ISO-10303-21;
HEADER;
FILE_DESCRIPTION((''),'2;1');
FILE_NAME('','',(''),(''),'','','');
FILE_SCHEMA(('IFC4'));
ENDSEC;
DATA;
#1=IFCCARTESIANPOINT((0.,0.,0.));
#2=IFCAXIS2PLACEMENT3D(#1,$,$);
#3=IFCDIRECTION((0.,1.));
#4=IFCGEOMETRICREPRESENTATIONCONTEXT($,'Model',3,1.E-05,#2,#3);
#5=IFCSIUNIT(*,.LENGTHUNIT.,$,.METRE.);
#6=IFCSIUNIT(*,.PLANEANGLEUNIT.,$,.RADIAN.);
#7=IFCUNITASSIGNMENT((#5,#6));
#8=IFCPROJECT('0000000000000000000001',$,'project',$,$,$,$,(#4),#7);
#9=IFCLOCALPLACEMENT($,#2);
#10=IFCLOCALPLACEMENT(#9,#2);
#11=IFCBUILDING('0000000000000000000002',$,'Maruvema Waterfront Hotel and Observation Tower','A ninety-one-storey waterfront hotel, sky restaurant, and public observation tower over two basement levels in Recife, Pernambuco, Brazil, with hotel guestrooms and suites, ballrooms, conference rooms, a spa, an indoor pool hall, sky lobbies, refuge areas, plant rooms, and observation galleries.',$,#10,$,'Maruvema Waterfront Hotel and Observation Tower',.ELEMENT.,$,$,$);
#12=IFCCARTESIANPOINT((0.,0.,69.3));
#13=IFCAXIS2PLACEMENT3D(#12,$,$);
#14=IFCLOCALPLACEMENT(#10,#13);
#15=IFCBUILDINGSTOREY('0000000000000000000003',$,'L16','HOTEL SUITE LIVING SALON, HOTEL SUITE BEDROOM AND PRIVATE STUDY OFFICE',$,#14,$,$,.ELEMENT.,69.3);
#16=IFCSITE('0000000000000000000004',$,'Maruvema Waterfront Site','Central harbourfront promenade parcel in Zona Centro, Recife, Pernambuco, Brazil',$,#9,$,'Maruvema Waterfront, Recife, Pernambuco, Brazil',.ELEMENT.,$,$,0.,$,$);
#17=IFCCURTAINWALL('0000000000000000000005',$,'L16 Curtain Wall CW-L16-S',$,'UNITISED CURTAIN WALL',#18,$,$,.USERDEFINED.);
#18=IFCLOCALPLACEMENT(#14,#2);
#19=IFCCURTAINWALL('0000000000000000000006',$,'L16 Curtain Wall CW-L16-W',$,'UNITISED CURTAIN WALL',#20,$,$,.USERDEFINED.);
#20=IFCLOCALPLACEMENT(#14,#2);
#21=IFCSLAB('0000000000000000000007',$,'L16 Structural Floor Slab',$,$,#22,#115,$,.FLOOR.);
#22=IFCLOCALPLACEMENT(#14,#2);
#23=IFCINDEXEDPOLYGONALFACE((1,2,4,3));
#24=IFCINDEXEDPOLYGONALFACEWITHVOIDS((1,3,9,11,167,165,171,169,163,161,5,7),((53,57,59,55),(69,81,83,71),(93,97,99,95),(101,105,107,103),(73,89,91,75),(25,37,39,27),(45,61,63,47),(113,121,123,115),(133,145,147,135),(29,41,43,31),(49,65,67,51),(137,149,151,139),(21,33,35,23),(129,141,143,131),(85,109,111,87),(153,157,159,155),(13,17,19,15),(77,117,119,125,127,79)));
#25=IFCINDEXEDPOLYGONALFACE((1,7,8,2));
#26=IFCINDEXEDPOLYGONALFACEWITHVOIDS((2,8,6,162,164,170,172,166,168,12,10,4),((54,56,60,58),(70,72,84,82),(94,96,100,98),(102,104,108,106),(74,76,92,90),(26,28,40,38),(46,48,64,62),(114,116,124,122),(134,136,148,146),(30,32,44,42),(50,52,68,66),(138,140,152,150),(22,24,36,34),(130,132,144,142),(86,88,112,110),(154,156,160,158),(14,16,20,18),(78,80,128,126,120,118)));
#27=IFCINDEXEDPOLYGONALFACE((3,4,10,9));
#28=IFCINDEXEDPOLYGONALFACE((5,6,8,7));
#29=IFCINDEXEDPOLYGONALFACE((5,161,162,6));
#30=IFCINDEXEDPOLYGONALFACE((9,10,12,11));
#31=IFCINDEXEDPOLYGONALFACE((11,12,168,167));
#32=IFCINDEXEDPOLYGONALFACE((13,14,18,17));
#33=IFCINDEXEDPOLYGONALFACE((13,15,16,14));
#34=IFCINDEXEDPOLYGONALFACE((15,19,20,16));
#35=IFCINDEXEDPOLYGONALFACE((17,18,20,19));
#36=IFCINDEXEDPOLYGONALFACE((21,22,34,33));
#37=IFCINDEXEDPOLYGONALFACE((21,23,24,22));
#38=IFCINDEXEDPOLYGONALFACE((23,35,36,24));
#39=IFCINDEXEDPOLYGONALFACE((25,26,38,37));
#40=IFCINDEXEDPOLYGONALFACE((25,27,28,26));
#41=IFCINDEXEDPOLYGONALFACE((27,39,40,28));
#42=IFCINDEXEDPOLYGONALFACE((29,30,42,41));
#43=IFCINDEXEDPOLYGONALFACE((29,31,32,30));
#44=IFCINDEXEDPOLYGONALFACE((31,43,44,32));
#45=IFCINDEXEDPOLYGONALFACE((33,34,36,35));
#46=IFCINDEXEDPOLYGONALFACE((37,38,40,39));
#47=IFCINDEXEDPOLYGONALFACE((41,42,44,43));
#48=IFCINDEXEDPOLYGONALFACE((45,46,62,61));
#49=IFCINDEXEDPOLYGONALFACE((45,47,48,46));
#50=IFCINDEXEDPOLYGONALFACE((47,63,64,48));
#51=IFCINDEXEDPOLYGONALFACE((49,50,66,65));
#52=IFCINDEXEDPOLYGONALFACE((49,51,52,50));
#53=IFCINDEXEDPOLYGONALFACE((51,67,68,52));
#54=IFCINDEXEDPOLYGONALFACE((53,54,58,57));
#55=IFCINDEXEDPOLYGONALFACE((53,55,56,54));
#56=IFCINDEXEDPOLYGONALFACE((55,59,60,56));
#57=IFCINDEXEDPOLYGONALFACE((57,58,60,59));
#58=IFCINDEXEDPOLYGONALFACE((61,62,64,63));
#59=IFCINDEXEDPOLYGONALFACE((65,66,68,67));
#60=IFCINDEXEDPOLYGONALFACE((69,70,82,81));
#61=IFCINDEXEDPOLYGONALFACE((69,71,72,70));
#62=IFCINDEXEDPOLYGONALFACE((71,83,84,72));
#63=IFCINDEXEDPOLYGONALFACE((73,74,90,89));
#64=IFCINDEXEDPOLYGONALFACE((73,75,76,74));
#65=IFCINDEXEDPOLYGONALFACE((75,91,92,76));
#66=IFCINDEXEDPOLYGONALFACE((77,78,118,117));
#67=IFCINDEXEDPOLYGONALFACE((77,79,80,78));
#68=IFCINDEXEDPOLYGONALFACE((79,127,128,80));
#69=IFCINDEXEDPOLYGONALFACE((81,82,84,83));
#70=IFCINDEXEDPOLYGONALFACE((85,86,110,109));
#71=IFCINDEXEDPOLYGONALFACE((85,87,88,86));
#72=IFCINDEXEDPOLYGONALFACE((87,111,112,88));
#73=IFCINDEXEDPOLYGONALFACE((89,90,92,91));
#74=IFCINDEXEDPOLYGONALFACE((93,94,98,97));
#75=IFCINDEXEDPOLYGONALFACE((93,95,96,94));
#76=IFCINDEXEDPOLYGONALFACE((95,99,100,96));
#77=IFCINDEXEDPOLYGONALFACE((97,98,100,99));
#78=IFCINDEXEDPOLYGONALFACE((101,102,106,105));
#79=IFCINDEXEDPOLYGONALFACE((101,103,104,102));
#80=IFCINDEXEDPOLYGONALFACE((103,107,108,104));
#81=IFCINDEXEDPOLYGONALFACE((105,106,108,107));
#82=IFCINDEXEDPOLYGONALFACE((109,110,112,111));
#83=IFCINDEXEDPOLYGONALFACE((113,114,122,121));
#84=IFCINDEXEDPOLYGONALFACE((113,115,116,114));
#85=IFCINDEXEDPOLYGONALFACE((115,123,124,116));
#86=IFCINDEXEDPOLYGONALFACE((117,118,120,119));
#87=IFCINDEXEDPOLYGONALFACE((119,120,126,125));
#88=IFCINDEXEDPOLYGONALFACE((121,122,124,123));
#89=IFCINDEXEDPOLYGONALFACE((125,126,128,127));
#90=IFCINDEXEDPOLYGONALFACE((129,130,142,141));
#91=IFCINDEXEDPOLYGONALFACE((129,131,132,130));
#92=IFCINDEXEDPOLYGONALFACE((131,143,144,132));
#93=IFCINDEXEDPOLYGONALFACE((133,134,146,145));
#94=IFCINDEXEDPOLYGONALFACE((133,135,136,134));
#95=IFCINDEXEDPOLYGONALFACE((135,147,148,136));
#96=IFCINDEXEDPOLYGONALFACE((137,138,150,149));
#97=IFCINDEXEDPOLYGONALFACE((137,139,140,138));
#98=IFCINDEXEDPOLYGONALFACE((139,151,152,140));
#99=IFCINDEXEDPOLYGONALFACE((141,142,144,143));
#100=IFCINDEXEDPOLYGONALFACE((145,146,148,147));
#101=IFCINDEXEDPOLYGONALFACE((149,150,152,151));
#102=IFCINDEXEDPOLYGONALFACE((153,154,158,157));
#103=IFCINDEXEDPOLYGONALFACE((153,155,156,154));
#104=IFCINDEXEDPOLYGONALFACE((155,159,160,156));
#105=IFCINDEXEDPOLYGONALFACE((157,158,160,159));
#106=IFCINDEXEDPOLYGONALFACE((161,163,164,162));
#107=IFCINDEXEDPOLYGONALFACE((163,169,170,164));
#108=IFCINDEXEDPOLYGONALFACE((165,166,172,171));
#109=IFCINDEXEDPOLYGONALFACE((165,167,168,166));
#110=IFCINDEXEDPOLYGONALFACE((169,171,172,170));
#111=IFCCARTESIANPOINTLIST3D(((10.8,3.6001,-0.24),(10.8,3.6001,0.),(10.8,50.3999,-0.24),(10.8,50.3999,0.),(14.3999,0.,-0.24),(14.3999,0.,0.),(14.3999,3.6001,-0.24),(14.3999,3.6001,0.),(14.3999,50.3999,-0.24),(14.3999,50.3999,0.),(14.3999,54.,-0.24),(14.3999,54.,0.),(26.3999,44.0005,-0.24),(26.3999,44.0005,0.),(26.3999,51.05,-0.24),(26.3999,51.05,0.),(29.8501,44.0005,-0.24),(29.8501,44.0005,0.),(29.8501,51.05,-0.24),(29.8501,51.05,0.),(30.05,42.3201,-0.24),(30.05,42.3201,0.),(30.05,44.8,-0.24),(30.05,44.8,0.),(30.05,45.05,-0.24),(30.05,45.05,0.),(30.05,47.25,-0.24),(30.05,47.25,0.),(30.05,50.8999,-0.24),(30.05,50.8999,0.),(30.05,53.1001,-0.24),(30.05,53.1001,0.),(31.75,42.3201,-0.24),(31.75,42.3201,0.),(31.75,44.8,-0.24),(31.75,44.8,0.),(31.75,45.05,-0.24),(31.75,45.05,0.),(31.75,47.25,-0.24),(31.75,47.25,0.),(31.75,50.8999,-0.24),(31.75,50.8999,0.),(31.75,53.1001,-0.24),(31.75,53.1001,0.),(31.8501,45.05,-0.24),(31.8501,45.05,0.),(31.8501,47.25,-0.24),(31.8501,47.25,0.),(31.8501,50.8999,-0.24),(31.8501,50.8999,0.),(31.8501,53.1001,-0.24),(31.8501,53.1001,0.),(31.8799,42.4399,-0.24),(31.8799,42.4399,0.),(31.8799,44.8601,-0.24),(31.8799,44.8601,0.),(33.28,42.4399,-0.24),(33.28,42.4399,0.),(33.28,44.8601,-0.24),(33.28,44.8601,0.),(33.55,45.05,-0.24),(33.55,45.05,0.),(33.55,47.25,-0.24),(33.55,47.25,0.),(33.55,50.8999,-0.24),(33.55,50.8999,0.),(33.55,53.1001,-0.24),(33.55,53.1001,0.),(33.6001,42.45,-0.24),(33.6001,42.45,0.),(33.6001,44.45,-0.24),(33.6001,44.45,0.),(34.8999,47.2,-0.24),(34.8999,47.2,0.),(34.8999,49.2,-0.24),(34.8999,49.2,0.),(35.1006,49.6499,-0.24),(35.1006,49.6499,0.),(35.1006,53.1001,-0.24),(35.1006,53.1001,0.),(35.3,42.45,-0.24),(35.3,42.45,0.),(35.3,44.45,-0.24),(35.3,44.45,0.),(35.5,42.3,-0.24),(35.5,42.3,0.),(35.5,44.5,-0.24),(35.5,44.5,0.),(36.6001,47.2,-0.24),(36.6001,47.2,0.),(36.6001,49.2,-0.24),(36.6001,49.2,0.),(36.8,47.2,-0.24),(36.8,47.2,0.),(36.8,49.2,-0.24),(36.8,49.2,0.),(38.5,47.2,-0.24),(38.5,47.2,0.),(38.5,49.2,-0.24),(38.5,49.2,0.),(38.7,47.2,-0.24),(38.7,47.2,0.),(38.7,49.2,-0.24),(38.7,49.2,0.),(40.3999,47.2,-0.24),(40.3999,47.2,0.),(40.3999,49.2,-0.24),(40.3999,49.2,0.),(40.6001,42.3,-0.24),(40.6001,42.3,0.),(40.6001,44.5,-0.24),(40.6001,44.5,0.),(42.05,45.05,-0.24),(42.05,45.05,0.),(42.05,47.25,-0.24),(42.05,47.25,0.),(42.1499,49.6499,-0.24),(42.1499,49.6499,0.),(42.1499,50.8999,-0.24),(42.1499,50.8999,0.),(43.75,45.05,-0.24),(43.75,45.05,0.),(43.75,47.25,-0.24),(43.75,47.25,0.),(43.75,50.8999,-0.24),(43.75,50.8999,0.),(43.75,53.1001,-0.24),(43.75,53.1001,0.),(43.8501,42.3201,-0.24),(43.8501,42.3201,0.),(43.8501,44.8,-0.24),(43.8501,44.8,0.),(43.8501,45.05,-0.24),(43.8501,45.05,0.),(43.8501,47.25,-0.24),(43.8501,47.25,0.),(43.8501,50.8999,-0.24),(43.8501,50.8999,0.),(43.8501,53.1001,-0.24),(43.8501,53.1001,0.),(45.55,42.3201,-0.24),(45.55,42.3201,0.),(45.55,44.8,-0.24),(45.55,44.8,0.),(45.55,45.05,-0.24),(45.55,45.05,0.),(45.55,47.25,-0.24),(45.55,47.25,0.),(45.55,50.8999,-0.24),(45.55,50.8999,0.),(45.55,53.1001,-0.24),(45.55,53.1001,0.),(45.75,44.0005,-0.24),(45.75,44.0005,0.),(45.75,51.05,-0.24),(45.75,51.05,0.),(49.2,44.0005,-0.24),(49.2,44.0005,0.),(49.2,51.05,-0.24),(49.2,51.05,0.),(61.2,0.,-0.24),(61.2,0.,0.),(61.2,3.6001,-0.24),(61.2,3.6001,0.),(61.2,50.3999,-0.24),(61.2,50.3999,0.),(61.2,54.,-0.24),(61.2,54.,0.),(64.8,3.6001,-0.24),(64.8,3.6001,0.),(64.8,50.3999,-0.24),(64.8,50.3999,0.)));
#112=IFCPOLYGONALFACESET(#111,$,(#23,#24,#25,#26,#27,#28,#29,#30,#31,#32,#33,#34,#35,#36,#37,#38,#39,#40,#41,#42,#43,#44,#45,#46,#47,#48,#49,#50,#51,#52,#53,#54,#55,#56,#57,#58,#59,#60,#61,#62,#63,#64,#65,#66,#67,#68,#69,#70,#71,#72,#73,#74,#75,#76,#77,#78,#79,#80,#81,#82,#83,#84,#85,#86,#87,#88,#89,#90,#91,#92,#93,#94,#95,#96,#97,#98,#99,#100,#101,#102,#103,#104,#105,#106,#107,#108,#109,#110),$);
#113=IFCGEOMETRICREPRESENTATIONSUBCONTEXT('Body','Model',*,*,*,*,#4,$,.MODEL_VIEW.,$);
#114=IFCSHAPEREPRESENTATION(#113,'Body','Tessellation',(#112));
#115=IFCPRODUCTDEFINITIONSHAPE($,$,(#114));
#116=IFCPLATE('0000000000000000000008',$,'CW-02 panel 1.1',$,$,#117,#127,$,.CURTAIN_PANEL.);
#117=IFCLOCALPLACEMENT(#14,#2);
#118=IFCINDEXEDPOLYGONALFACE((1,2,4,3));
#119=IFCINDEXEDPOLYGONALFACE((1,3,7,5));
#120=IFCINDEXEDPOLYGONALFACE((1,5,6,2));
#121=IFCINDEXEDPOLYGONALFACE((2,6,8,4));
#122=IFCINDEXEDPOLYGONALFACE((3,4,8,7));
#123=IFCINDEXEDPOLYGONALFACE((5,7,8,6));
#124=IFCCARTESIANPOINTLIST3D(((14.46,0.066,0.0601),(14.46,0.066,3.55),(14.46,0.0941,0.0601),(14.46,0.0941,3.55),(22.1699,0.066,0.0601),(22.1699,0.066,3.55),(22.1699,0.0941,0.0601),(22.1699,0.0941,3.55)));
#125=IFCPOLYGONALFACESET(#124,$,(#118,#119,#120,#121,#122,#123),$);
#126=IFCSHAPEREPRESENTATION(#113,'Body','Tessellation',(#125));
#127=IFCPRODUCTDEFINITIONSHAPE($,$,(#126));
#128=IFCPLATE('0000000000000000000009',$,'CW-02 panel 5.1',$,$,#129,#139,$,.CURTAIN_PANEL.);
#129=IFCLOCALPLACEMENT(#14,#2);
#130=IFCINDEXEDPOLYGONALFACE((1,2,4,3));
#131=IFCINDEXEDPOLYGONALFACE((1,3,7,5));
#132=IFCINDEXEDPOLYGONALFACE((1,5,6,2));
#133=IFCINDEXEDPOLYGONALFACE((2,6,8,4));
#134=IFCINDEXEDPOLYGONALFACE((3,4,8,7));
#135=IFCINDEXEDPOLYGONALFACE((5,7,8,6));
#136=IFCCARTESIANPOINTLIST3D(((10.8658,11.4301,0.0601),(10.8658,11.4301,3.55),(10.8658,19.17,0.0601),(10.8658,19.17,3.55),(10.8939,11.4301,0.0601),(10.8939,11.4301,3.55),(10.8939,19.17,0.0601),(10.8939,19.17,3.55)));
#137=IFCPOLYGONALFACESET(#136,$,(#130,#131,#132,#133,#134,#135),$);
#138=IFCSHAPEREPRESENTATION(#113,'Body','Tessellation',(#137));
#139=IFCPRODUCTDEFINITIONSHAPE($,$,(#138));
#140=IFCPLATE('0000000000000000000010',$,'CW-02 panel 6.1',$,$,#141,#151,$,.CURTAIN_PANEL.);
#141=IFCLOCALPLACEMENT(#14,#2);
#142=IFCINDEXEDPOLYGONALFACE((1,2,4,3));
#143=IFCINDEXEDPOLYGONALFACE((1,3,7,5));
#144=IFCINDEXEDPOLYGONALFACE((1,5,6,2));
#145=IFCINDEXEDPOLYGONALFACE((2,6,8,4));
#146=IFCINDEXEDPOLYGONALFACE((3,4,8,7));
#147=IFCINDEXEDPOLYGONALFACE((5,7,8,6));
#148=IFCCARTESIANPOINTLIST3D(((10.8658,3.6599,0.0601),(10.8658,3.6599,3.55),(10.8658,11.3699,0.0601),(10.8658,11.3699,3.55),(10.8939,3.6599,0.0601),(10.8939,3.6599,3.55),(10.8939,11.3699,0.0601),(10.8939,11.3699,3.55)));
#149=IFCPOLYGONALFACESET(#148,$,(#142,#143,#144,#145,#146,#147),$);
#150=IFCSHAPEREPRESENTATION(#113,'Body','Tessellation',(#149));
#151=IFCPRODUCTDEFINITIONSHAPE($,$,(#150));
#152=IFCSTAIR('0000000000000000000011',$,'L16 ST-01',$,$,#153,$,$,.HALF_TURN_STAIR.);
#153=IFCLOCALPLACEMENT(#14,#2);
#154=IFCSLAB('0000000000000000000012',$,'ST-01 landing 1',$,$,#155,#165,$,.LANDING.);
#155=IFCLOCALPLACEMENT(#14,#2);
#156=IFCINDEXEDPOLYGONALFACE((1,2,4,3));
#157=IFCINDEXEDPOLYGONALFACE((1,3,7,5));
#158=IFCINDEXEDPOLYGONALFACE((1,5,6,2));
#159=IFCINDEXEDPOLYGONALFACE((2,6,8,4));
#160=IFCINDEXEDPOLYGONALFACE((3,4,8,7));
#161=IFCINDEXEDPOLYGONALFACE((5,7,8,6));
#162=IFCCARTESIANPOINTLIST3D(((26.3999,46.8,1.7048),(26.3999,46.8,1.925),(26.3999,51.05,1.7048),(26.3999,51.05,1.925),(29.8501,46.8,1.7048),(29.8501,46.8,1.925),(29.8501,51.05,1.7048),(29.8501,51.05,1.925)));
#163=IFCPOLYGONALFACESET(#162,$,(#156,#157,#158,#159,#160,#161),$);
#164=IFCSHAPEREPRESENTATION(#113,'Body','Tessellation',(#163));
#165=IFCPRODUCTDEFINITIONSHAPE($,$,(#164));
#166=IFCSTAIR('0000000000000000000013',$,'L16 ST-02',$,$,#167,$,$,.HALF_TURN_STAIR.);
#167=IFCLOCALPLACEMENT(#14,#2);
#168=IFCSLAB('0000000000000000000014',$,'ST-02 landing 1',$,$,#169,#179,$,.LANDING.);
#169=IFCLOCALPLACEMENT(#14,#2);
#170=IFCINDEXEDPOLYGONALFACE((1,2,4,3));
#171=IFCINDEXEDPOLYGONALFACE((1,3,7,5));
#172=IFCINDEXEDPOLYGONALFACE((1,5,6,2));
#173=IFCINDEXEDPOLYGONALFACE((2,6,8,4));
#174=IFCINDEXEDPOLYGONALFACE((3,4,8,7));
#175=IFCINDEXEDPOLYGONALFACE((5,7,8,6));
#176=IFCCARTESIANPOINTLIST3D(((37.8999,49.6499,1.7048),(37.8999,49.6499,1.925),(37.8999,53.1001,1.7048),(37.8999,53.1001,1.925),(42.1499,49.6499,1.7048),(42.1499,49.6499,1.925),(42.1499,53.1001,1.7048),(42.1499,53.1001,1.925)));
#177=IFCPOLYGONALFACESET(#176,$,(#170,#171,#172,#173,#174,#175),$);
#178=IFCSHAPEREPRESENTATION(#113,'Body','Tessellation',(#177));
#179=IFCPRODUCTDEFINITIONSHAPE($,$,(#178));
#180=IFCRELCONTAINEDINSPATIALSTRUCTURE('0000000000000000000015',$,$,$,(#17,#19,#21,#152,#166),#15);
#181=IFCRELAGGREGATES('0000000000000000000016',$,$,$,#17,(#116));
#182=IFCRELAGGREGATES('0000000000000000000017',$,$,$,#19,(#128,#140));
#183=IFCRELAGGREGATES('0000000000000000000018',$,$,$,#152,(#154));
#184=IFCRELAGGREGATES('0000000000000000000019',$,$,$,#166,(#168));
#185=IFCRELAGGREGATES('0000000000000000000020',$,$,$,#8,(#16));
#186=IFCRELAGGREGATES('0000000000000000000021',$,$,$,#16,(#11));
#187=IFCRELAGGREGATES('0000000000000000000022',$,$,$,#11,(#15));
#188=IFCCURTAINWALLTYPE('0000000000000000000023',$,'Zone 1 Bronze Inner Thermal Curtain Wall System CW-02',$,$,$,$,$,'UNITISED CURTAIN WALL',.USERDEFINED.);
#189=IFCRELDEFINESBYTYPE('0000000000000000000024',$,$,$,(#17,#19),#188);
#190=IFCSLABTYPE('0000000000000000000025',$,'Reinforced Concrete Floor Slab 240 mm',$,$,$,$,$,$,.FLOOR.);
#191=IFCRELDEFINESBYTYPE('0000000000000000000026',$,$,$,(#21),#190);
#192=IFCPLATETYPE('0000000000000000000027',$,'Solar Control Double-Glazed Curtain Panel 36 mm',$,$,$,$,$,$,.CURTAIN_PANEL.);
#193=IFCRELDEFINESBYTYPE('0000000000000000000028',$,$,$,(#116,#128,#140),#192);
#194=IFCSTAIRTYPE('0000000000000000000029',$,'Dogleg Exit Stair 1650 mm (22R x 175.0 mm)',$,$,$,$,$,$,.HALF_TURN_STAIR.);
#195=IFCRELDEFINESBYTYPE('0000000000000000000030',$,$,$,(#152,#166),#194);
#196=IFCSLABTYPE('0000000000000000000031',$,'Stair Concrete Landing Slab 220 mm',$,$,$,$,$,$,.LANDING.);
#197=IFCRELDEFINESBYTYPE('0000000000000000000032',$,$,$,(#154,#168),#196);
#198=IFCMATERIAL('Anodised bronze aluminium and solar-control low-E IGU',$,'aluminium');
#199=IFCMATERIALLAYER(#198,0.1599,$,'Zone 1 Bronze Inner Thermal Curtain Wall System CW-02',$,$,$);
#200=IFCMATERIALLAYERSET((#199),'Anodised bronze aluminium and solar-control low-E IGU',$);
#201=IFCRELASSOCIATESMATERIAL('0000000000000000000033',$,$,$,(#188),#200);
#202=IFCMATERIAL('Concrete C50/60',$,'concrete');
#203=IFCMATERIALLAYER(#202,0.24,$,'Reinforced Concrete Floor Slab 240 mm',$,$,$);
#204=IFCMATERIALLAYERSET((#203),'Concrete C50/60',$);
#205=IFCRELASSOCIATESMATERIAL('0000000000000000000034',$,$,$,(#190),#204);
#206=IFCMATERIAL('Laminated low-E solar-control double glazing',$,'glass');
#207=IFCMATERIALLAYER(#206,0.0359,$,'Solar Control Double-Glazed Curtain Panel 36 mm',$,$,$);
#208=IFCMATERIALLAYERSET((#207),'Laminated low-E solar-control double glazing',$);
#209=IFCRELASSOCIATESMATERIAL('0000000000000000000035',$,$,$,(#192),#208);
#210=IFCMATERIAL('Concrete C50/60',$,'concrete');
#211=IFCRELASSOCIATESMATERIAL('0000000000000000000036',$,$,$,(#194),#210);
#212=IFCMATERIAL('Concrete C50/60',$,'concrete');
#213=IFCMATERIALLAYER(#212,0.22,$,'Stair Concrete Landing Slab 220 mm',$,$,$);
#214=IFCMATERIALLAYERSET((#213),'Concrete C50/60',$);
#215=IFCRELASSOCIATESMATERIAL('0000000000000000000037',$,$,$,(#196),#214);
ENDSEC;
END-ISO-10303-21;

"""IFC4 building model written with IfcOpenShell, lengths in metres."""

from ifc_helpers import new_model, si_unit, direction, frame, origin, origin_2d, place, context, subcontext, project, spatial, polyline, rectangle, outline, extrude, material, layer, layer_set, type_object, element, aggregate, save


model = new_model("IFC4")

# Units and contexts
model_context = context("Model", 3, precision=1e-05, world=origin(), true_north=direction((0.0, 1.0)))
body_context = subcontext(model_context, "Body", "Model", "MODEL_VIEW")
ifc_project = project(units=[si_unit("LENGTHUNIT", "METRE"), si_unit("PLANEANGLEUNIT", "RADIAN")], contexts=[model_context])

# Site, building, storey
site_placement = place(None, origin())
site = spatial("IfcSite", under=ifc_project, at=site_placement, Name="Maruvema Waterfront Site", Description="Central harbourfront promenade parcel in Zona Centro, Recife, Pernambuco, Brazil", LongName="Maruvema Waterfront, Recife, Pernambuco, Brazil", CompositionType="ELEMENT", RefElevation=0.0)
building_placement = place(site_placement, origin())
building = spatial("IfcBuilding", under=site, at=building_placement, Name="Maruvema Waterfront Hotel and Observation Tower", Description="A ninety-one-storey waterfront hotel, sky restaurant, and public observation tower over two basement levels in Recife, Pernambuco, Brazil, with hotel guestrooms and suites, ballrooms, conference rooms, a spa, an indoor pool hall, sky lobbies, refuge areas, plant rooms, and observation galleries.", LongName="Maruvema Waterfront Hotel and Observation Tower", CompositionType="ELEMENT")
storey_placement = place(building_placement, frame((0.0, 0.0, 69.3)))
storey = spatial("IfcBuildingStorey", under=building, at=storey_placement, Name="L16", Description="HOTEL SUITE LIVING SALON, HOTEL SUITE BEDROOM AND PRIVATE STUDY OFFICE", CompositionType="ELEMENT", Elevation=69.3)

# Curtain walls
ifc_material_1 = material(Name="Anodised bronze aluminium and solar-control low-E IGU", Category="aluminium")
ifc_layer_1 = layer(ifc_material_1, 0.1599, Name="Zone 1 Bronze Inner Thermal Curtain Wall System CW-02")
ifc_layer_set_1 = layer_set([ifc_layer_1], Name="Anodised bronze aluminium and solar-control low-E IGU")
curtain_wall_type = type_object("IfcCurtainWallType", Name="Zone 1 Bronze Inner Thermal Curtain Wall System CW-02", ElementType="UNITISED CURTAIN WALL", PredefinedType="USERDEFINED", material=ifc_layer_set_1)
curtain_wall_1_placement = place(storey_placement, origin())
curtain_wall_1 = element("IfcCurtainWall", 1, at=curtain_wall_1_placement, inside=storey, type_object=curtain_wall_type, Name="L16 Curtain Wall CW-L16-S", ObjectType="UNITISED CURTAIN WALL", PredefinedType="USERDEFINED")
curtain_wall_2_placement = place(storey_placement, origin())
curtain_wall_2 = element("IfcCurtainWall", 2, at=curtain_wall_2_placement, inside=storey, type_object=curtain_wall_type, Name="L16 Curtain Wall CW-L16-W", ObjectType="UNITISED CURTAIN WALL", PredefinedType="USERDEFINED")

# Slab
ifc_material_2 = material(Name="Concrete C50/60", Category="concrete")
ifc_layer_2 = layer(ifc_material_2, 0.24, Name="Reinforced Concrete Floor Slab 240 mm")
ifc_layer_set_2 = layer_set([ifc_layer_2], Name="Concrete C50/60")
slab_type_1 = type_object("IfcSlabType", Name="Reinforced Concrete Floor Slab 240 mm", PredefinedType="FLOOR", material=ifc_layer_set_2)
slab_1_placement = place(storey_placement, frame((0.0, 0.0, -0.24)))
element("IfcSlab", 3, at=slab_1_placement, inside=storey, type_object=slab_type_1, Name="L16 Structural Floor Slab", PredefinedType="FLOOR", context=body_context, shape_type="SweptSolid", body=[
    extrude(outline(polyline([(14.3999, 0.0), (61.2, 0.0), (61.2, 3.6001), (64.8, 3.6001), (64.8, 50.3999), (61.2, 50.3999), (61.2, 54.0), (14.3999, 54.0), (14.3999, 50.3999), (10.8, 50.3999), (10.8, 3.6001), (14.3999, 3.6001), (14.3999, 0.0)]), holes=[polyline([(26.3999, 44.0005), (26.3999, 51.05), (29.8501, 51.05), (29.8501, 44.0005), (26.3999, 44.0005)]), polyline([(30.05, 44.8), (31.75, 44.8), (31.75, 42.3201), (30.05, 42.3201), (30.05, 44.8)]), polyline([(31.75, 47.25), (31.75, 45.05), (30.05, 45.05), (30.05, 47.25), (31.75, 47.25)]), polyline([(31.75, 53.1001), (31.75, 50.8999), (30.05, 50.8999), (30.05, 53.1001), (31.75, 53.1001)]), polyline([(33.28, 44.8601), (33.28, 42.4399), (31.8799, 42.4399), (31.8799, 44.8601), (33.28, 44.8601)]), polyline([(31.8501, 47.25), (33.55, 47.25), (33.55, 45.05), (31.8501, 45.05), (31.8501, 47.25)]), polyline([(31.8501, 53.1001), (33.55, 53.1001), (33.55, 50.8999), (31.8501, 50.8999), (31.8501, 53.1001)]), polyline([(33.6001, 44.45), (35.3, 44.45), (35.3, 42.45), (33.6001, 42.45), (33.6001, 44.45)]), polyline([(34.8999, 49.2), (36.6001, 49.2), (36.6001, 47.2), (34.8999, 47.2), (34.8999, 49.2)]), polyline([(38.5, 49.2), (38.5, 47.2), (36.8, 47.2), (36.8, 49.2), (38.5, 49.2)]), polyline([(35.5, 44.5), (40.6001, 44.5), (40.6001, 42.3), (35.5, 42.3), (35.5, 44.5)]), polyline([(43.75, 50.8999), (42.1499, 50.8999), (42.1499, 49.6499), (35.1006, 49.6499), (35.1006, 53.1001), (43.75, 53.1001), (43.75, 50.8999)]), polyline([(40.3999, 49.2), (40.3999, 47.2), (38.7, 47.2), (38.7, 49.2), (40.3999, 49.2)]), polyline([(43.75, 47.25), (43.75, 45.05), (42.05, 45.05), (42.05, 47.25), (43.75, 47.25)]), polyline([(45.55, 44.8), (45.55, 42.3201), (43.8501, 42.3201), (43.8501, 44.8), (45.55, 44.8)]), polyline([(43.8501, 47.25), (45.55, 47.25), (45.55, 45.05), (43.8501, 45.05), (43.8501, 47.25)]), polyline([(45.55, 53.1001), (45.55, 50.8999), (43.8501, 50.8999), (43.8501, 53.1001), (45.55, 53.1001)]), polyline([(45.75, 51.05), (49.2, 51.05), (49.2, 44.0005), (45.75, 44.0005), (45.75, 51.05)])]), origin(), (0.0, 0.0, 1.0), 0.24),
])

# Plates
ifc_material_3 = material(Name="Laminated low-E solar-control double glazing", Category="glass")
ifc_layer_3 = layer(ifc_material_3, 0.0359, Name="Solar Control Double-Glazed Curtain Panel 36 mm")
ifc_layer_set_3 = layer_set([ifc_layer_3], Name="Laminated low-E solar-control double glazing")
plate_type = type_object("IfcPlateType", Name="Solar Control Double-Glazed Curtain Panel 36 mm", PredefinedType="CURTAIN_PANEL", material=ifc_layer_set_3)
plate_1_placement = place(storey_placement, frame((18.3149, 0.0801, 0.0601), z_axis=(0.0, 0.0, 1.0), x_axis=(1.0, 0.0, 0.0)))
plate_1 = element("IfcPlate", 4, at=plate_1_placement, type_object=plate_type, Name="CW-02 panel 1.1", PredefinedType="CURTAIN_PANEL", context=body_context, shape_type="SweptSolid", body=[
    extrude(rectangle(XDim=7.71, YDim=0.0281, at=origin_2d()), origin(), (0.0, 0.0, 1.0), 3.49),
])
aggregate(curtain_wall_1, [plate_1])
plate_2_placement = place(storey_placement, frame((10.8799, 15.3, 0.0601), z_axis=(0.0, 0.0, 1.0), x_axis=(0.0, -1.0, 0.0)))
plate_2 = element("IfcPlate", 5, at=plate_2_placement, type_object=plate_type, Name="CW-02 panel 5.1", PredefinedType="CURTAIN_PANEL", context=body_context, shape_type="SweptSolid", body=[
    extrude(rectangle(XDim=7.74, YDim=0.0281, at=origin_2d()), origin(), (0.0, 0.0, 1.0), 3.49),
])
plate_3_placement = place(storey_placement, frame((10.8799, 7.5149, 0.0601), z_axis=(0.0, 0.0, 1.0), x_axis=(0.0, -1.0, 0.0)))
plate_3 = element("IfcPlate", 6, at=plate_3_placement, type_object=plate_type, Name="CW-02 panel 6.1", PredefinedType="CURTAIN_PANEL", context=body_context, shape_type="SweptSolid", body=[
    extrude(rectangle(XDim=7.71, YDim=0.0281, at=origin_2d()), origin(), (0.0, 0.0, 1.0), 3.49),
])
aggregate(curtain_wall_2, [plate_2, plate_3])

# Stairs, slabs
ifc_material_4 = material(Name="Concrete C50/60", Category="concrete")
stair_type = type_object("IfcStairType", Name="Dogleg Exit Stair 1650 mm (22R x 175.0 mm)", PredefinedType="HALF_TURN_STAIR", material=ifc_material_4)
stair_1_placement = place(storey_placement, origin())
stair_1 = element("IfcStair", 7, at=stair_1_placement, inside=storey, type_object=stair_type, Name="L16 ST-01", PredefinedType="HALF_TURN_STAIR")
ifc_material_5 = material(Name="Concrete C50/60", Category="concrete")
ifc_layer_4 = layer(ifc_material_5, 0.22, Name="Stair Concrete Landing Slab 220 mm")
ifc_layer_set_4 = layer_set([ifc_layer_4], Name="Concrete C50/60")
slab_type_2 = type_object("IfcSlabType", Name="Stair Concrete Landing Slab 220 mm", PredefinedType="LANDING", material=ifc_layer_set_4)
slab_2_placement = place(storey_placement, frame((0.0, 0.0, 1.7048)))
slab_2 = element("IfcSlab", 8, at=slab_2_placement, type_object=slab_type_2, Name="ST-01 landing 1", PredefinedType="LANDING", context=body_context, shape_type="SweptSolid", body=[
    extrude(outline(polyline([(29.8501, 46.8), (29.8501, 51.05), (26.3999, 51.05), (26.3999, 46.8), (29.8501, 46.8)])), origin(), (0.0, 0.0, 1.0), 0.2202),
])
aggregate(stair_1, [slab_2])
stair_2_placement = place(storey_placement, origin())
stair_2 = element("IfcStair", 9, at=stair_2_placement, inside=storey, type_object=stair_type, Name="L16 ST-02", PredefinedType="HALF_TURN_STAIR")
slab_3_placement = place(storey_placement, frame((0.0, 0.0, 1.7048)))
slab_3 = element("IfcSlab", 10, at=slab_3_placement, type_object=slab_type_2, Name="ST-02 landing 1", PredefinedType="LANDING", context=body_context, shape_type="SweptSolid", body=[
    extrude(outline(polyline([(37.8999, 49.6499), (42.1499, 49.6499), (42.1499, 53.1001), (37.8999, 53.1001), (37.8999, 49.6499)])), origin(), (0.0, 0.0, 1.0), 0.2202),
])
aggregate(stair_2, [slab_3])

save(model, "model.ifc")
